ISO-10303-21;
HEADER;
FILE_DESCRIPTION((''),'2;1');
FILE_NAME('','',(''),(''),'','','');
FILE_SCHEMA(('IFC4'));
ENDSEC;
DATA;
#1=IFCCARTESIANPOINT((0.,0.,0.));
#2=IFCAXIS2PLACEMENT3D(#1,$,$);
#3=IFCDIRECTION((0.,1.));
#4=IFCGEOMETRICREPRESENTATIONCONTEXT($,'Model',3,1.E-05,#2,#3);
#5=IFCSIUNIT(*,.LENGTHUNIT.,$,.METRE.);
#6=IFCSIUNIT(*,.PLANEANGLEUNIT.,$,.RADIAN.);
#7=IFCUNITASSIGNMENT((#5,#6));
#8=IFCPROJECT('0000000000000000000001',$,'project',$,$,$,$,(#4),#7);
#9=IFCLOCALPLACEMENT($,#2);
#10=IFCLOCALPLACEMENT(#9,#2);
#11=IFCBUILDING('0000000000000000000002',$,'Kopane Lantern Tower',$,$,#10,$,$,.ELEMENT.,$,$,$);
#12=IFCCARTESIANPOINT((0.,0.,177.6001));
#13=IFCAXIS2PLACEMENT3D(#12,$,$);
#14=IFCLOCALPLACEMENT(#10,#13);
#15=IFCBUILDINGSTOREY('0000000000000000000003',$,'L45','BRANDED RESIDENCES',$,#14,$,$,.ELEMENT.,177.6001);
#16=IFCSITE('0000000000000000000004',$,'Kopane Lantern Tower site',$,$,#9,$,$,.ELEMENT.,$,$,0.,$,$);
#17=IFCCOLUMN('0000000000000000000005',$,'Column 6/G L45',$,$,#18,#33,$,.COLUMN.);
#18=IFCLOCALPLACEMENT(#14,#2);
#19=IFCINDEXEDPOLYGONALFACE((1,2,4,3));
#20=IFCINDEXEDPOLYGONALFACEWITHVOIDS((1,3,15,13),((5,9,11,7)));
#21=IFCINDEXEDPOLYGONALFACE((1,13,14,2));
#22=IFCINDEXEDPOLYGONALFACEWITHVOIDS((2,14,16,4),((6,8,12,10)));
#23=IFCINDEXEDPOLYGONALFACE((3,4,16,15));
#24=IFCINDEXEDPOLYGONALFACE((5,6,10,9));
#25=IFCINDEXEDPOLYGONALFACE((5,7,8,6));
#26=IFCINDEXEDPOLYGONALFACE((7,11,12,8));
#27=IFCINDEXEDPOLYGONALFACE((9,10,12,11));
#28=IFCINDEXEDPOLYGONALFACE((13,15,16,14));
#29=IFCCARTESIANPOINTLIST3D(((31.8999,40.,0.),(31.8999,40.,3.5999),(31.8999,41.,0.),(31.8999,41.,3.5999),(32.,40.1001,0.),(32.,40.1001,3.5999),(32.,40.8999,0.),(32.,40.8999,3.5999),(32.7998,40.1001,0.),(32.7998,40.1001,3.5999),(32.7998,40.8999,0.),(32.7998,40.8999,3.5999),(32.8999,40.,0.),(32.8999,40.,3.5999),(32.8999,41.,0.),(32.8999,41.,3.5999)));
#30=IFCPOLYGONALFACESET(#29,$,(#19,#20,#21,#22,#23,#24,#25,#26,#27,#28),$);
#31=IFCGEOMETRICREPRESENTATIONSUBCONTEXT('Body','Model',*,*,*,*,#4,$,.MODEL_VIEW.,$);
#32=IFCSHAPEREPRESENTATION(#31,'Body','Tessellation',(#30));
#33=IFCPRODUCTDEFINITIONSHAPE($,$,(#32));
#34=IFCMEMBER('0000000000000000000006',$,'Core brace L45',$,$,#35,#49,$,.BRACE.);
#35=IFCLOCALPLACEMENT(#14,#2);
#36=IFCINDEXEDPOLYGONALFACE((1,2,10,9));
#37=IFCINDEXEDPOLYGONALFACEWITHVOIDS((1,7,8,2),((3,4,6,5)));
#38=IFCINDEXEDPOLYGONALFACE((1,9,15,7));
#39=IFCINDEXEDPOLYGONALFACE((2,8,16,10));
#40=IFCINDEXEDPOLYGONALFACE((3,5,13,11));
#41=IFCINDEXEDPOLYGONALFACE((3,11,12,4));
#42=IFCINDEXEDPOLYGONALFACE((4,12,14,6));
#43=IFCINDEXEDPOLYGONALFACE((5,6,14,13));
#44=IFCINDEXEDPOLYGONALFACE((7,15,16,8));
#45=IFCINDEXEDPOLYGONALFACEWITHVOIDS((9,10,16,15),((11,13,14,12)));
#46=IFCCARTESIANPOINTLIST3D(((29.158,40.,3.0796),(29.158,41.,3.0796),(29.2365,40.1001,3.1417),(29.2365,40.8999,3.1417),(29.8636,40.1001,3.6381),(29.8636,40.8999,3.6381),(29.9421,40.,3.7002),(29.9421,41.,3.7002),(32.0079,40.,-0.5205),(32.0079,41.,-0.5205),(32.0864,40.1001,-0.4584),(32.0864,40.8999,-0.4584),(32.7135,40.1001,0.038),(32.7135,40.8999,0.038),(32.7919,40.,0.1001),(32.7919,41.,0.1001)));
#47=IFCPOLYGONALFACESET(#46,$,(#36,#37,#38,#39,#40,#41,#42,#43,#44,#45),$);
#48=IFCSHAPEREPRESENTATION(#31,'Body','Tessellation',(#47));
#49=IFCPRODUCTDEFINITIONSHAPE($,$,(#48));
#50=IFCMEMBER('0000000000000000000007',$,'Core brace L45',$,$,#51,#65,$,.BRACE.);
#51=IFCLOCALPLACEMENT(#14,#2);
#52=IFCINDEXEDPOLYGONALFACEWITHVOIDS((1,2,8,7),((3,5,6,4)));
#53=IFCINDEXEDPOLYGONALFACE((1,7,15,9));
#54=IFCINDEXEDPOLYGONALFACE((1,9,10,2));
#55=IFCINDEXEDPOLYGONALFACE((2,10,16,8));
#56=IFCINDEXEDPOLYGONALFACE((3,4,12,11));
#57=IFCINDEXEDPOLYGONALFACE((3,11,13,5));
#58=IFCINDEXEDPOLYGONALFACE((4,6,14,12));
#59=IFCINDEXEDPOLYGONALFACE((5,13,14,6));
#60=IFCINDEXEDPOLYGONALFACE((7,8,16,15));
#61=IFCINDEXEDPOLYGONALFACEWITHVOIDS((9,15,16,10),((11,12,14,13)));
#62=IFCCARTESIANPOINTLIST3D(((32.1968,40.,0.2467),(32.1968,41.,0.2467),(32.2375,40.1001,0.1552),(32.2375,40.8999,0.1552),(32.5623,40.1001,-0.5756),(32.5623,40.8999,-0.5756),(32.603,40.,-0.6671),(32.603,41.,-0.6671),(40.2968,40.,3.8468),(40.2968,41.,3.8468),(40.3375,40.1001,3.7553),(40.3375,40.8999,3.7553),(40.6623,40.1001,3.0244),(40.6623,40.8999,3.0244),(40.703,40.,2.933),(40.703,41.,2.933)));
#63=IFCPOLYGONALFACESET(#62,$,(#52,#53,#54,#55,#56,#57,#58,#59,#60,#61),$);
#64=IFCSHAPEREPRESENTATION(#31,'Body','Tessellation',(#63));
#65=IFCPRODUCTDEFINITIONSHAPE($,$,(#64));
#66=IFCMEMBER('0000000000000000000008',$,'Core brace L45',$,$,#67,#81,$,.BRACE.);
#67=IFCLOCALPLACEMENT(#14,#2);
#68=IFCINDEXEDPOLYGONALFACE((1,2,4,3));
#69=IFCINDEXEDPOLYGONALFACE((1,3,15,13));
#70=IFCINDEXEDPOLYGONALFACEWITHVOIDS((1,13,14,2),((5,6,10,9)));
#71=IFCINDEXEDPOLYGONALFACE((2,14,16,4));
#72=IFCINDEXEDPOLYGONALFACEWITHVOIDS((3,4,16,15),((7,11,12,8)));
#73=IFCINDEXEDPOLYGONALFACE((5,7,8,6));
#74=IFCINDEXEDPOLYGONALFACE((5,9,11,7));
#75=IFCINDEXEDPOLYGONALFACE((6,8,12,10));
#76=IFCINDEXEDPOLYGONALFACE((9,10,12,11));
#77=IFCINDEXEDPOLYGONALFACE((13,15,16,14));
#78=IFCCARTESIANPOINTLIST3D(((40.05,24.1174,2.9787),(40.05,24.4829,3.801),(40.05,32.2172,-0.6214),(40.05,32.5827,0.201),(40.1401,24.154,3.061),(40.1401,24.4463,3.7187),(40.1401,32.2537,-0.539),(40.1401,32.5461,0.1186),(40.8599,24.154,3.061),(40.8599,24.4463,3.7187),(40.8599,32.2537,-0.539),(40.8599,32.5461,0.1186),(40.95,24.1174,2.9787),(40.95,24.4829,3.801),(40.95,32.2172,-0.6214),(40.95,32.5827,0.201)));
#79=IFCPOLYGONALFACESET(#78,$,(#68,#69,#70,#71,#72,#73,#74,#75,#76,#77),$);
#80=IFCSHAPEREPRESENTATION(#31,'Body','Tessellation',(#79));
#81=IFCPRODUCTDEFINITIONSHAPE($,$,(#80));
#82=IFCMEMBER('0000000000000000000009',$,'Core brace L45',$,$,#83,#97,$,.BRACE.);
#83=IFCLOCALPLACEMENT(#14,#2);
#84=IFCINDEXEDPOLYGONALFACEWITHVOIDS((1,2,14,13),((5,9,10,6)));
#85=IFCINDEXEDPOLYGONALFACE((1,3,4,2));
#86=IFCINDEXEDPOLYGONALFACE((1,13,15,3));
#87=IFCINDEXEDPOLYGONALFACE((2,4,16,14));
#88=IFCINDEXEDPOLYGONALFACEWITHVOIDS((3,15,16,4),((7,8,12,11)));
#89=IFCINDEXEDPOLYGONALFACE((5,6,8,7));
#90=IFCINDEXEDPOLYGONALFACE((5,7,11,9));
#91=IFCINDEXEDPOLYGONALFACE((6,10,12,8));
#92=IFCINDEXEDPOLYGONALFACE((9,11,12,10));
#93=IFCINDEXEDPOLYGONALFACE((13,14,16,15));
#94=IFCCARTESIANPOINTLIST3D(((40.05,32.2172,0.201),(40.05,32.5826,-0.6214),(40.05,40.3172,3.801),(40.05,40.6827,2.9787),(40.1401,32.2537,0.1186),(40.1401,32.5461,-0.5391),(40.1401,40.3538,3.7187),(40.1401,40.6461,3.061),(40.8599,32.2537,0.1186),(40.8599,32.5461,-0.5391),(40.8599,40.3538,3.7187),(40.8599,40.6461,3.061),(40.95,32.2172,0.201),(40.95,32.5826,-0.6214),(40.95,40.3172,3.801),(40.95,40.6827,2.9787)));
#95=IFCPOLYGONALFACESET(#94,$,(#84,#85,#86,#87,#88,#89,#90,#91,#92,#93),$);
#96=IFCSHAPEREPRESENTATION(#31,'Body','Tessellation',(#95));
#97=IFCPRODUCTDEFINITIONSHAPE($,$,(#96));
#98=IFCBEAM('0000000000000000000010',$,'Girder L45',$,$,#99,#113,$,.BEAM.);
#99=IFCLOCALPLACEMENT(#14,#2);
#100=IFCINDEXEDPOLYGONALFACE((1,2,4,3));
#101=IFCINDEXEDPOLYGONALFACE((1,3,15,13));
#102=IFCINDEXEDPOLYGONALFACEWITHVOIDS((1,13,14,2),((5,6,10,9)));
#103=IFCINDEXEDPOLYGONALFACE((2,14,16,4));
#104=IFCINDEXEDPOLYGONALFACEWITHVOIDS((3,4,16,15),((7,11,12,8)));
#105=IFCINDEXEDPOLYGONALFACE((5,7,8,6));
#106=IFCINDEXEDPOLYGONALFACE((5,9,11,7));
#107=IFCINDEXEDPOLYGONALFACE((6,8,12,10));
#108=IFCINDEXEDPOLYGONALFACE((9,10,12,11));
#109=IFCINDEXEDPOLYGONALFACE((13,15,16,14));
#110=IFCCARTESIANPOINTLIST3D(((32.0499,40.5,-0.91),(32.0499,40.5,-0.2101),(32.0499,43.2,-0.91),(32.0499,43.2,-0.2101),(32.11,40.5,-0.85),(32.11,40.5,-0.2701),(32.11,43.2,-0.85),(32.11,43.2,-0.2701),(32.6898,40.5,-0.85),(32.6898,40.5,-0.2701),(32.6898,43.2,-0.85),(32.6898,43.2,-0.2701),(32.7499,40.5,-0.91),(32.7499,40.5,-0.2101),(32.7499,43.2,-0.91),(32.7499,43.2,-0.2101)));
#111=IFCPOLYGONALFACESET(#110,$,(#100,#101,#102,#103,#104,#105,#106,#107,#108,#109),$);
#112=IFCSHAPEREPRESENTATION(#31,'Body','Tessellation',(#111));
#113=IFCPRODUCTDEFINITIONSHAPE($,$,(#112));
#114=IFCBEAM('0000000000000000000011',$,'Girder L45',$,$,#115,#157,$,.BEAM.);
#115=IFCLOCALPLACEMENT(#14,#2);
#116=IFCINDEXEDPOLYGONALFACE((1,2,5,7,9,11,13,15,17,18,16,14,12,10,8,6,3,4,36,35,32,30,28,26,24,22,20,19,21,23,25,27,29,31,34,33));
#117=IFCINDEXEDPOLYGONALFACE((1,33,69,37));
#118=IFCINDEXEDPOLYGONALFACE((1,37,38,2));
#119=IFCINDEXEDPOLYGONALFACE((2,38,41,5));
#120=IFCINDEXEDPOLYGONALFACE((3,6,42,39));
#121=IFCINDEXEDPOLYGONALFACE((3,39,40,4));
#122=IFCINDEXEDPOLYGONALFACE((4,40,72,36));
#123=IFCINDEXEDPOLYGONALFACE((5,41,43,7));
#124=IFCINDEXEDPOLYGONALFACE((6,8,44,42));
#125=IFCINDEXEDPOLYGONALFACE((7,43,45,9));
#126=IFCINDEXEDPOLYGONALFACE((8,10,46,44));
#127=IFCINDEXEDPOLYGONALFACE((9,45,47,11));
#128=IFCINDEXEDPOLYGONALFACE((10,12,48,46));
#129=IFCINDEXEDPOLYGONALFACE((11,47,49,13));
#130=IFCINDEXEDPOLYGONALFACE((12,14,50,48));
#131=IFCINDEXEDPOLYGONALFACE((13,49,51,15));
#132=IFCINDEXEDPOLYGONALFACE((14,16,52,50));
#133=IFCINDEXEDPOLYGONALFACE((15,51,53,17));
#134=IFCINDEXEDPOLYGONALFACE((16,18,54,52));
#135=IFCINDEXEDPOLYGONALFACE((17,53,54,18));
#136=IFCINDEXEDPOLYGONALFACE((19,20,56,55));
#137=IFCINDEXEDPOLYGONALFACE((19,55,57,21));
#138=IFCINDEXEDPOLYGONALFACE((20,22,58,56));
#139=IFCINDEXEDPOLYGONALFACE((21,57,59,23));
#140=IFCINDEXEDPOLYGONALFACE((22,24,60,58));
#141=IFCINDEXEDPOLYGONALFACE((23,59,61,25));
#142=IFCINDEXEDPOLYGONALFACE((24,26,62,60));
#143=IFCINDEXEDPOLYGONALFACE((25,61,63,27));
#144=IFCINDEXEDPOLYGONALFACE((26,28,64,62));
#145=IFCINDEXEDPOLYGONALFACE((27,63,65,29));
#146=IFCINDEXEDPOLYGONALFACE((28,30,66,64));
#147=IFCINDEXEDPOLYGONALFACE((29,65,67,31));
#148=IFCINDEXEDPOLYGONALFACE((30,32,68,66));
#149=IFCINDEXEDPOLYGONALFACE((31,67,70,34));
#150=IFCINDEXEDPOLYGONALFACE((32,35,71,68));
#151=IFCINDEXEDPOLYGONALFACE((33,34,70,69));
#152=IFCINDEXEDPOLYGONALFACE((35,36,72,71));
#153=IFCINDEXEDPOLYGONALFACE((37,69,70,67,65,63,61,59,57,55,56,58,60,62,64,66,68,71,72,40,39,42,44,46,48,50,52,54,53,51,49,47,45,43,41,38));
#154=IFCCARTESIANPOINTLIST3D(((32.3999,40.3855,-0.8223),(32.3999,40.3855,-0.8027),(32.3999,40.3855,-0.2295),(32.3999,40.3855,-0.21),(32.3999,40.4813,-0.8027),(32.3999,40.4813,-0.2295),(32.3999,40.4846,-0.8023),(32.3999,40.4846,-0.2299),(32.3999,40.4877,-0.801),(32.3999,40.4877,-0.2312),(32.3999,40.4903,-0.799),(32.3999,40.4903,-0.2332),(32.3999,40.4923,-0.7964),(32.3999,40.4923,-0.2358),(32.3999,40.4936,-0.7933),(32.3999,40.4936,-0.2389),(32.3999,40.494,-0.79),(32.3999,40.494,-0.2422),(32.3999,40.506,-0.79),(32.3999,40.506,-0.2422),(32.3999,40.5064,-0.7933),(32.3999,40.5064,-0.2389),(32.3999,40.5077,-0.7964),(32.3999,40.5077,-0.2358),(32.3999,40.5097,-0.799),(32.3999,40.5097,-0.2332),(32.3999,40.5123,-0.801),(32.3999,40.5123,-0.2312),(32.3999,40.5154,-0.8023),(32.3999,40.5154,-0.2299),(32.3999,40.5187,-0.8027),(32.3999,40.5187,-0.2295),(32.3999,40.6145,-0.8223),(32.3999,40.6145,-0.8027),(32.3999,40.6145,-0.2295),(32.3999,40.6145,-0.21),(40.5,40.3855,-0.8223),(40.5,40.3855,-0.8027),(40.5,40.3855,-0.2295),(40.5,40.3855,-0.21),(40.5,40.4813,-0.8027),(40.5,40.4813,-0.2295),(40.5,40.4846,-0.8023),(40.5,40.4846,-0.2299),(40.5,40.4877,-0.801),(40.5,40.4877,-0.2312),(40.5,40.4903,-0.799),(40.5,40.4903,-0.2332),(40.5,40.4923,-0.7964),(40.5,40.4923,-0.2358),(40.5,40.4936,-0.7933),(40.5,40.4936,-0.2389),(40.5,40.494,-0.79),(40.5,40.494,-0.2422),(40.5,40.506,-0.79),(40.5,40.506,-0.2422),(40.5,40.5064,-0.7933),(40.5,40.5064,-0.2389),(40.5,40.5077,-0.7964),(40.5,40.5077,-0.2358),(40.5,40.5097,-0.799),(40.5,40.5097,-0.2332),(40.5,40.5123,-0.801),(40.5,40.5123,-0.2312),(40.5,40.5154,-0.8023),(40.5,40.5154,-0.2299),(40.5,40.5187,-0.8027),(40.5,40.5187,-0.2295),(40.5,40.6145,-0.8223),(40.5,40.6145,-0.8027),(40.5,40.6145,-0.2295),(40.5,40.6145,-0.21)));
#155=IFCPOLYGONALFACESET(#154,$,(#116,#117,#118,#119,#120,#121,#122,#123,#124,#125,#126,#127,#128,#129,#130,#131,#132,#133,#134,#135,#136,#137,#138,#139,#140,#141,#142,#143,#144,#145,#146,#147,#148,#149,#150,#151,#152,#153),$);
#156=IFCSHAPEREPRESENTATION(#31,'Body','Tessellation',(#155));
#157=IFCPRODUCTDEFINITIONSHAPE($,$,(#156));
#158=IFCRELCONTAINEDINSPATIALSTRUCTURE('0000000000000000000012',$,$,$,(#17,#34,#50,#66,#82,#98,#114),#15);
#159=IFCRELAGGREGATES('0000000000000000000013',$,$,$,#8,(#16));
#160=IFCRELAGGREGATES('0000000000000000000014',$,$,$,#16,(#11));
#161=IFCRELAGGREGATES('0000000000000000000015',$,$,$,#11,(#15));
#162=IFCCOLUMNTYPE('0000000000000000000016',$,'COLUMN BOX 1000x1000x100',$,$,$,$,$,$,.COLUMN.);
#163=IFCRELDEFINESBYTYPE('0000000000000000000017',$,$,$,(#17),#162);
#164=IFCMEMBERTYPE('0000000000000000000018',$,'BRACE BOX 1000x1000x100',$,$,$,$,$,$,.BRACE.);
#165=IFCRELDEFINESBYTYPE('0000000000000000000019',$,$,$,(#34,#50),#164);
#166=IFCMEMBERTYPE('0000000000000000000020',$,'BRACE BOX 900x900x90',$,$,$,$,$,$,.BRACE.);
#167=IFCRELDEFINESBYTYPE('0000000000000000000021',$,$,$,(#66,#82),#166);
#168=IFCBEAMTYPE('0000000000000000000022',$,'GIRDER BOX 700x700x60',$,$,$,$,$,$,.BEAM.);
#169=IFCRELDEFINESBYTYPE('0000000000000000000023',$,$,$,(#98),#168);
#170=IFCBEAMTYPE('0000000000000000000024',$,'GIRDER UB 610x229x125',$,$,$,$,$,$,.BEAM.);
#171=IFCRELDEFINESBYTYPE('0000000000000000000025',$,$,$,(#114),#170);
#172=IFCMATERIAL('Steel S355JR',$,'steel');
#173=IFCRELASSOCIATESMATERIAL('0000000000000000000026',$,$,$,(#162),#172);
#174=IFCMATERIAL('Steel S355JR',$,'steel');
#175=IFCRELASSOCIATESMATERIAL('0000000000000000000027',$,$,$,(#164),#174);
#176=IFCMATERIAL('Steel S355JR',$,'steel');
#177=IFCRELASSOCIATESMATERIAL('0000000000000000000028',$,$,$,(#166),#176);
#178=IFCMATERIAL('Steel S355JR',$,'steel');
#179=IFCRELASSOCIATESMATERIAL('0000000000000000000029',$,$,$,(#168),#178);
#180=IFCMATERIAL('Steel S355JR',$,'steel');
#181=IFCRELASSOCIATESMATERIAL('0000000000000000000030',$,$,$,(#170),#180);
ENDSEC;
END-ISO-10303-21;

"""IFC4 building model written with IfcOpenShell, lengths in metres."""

from ifc_helpers import new_model, si_unit, direction, frame, origin, origin_2d, place, context, subcontext, project, spatial, hollow_rectangle, i_section, extrude, material, material_profile, profile_set, type_object, element, save


model = new_model("IFC4")

# Units and contexts
model_context = context("Model", 3, precision=1e-05, world=origin(), true_north=direction((0.0, 1.0)))
body_context = subcontext(model_context, "Body", "Model", "MODEL_VIEW")
ifc_project = project(units=[si_unit("LENGTHUNIT", "METRE"), si_unit("PLANEANGLEUNIT", "RADIAN")], contexts=[model_context])

# Site, building, storey
site_placement = place(None, origin())
site = spatial("IfcSite", under=ifc_project, at=site_placement, Name="Kopane Lantern Tower site", CompositionType="ELEMENT", RefElevation=0.0)
building_placement = place(site_placement, origin())
building = spatial("IfcBuilding", under=site, at=building_placement, Name="Kopane Lantern Tower", CompositionType="ELEMENT")
storey_placement = place(building_placement, frame((0.0, 0.0, 177.6001)))
storey = spatial("IfcBuildingStorey", under=building, at=storey_placement, Name="L45", Description="BRANDED RESIDENCES", CompositionType="ELEMENT", Elevation=177.6001)

# Column
ifc_material_1 = material(Name="Steel S355JR", Category="steel")
ifc_material_profile_1 = material_profile(ifc_material_1, hollow_rectangle(XDim=1.0, YDim=1.0, WallThickness=0.1001, at=origin_2d()), Name="BOX 1000x1000x100")
ifc_profile_set_1 = profile_set([ifc_material_profile_1], Name="Steel S355JR")
column_type = type_object("IfcColumnType", Name="COLUMN BOX 1000x1000x100", PredefinedType="COLUMN", material=ifc_profile_set_1)
column_placement = place(storey_placement, frame((32.3999, 40.5, 0.0), z_axis=(0.0, 0.0, 1.0), x_axis=(1.0, 0.0, 0.0)))
element("IfcColumn", 1, at=column_placement, inside=storey, type_object=column_type, Name="Column 6/G L45", PredefinedType="COLUMN", context=body_context, shape_type="SweptSolid", body=[
    extrude(hollow_rectangle(XDim=1.0, YDim=1.0, WallThickness=0.1001, at=origin_2d()), origin(), (0.0, 0.0, 1.0), 3.5999),
])

# Members
ifc_material_2 = material(Name="Steel S355JR", Category="steel")
ifc_material_profile_2 = material_profile(ifc_material_2, hollow_rectangle(XDim=1.0, YDim=1.0, WallThickness=0.1001, at=origin_2d()), Name="BOX 1000x1000x100")
ifc_profile_set_2 = profile_set([ifc_material_profile_2], Name="Steel S355JR")
member_type_1 = type_object("IfcMemberType", Name="BRACE BOX 1000x1000x100", PredefinedType="BRACE", material=ifc_profile_set_2)
member_1_placement = place(storey_placement, frame((32.3999, 40.5, -0.2102), z_axis=(-0.620673, 0.0, 0.78407), x_axis=(0.0, -1.0, 0.0)))
element("IfcMember", 2, at=member_1_placement, inside=storey, type_object=member_type_1, Name="Core brace L45", PredefinedType="BRACE", context=body_context, shape_type="SweptSolid", body=[
    extrude(hollow_rectangle(XDim=1.0, YDim=1.0, WallThickness=0.1001, at=origin_2d()), origin(), (0.0, 0.0, 1.0), 4.5916),
])
member_2_placement = place(storey_placement, frame((32.3999, 40.5, -0.2102), z_axis=(0.913809, 0.0, 0.406144), x_axis=(0.0, 1.0, 0.0)))
element("IfcMember", 3, at=member_2_placement, inside=storey, type_object=member_type_1, Name="Core brace L45", PredefinedType="BRACE", context=body_context, shape_type="SweptSolid", body=[
    extrude(hollow_rectangle(XDim=1.0, YDim=1.0, WallThickness=0.1001, at=origin_2d()), origin(), (0.0, 0.0, 1.0), 8.864),
])
ifc_material_3 = material(Name="Steel S355JR", Category="steel")
ifc_material_profile_3 = material_profile(ifc_material_3, hollow_rectangle(XDim=0.8999, YDim=0.8999, WallThickness=0.0901, at=origin_2d()), Name="BOX 900x900x90")
ifc_profile_set_3 = profile_set([ifc_material_profile_3], Name="Steel S355JR")
member_type_2 = type_object("IfcMemberType", Name="BRACE BOX 900x900x90", PredefinedType="BRACE", material=ifc_profile_set_3)
member_3_placement = place(storey_placement, frame((40.5, 32.3999, -0.2102), z_axis=(0.0, -0.913805, 0.406154), x_axis=(1.0, 0.0, 0.0)))
element("IfcMember", 4, at=member_3_placement, inside=storey, type_object=member_type_2, Name="Core brace L45", PredefinedType="BRACE", context=body_context, shape_type="SweptSolid", body=[
    extrude(hollow_rectangle(XDim=0.8999, YDim=0.8999, WallThickness=0.0901, at=origin_2d()), origin(), (0.0, 0.0, 1.0), 8.8638),
])
member_4_placement = place(storey_placement, frame((40.5, 32.3999, -0.2102), z_axis=(0.0, 0.913809, 0.406144), x_axis=(-1.0, 0.0, 0.0)))
element("IfcMember", 5, at=member_4_placement, inside=storey, type_object=member_type_2, Name="Core brace L45", PredefinedType="BRACE", context=body_context, shape_type="SweptSolid", body=[
    extrude(hollow_rectangle(XDim=0.8999, YDim=0.8999, WallThickness=0.0901, at=origin_2d()), origin(), (0.0, 0.0, 1.0), 8.864),
])

# Beams
ifc_material_4 = material(Name="Steel S355JR", Category="steel")
ifc_material_profile_4 = material_profile(ifc_material_4, hollow_rectangle(XDim=0.7, YDim=0.7, WallThickness=0.0601, at=origin_2d()), Name="BOX 700x700x60")
ifc_profile_set_4 = profile_set([ifc_material_profile_4], Name="Steel S355JR")
beam_type_1 = type_object("IfcBeamType", Name="GIRDER BOX 700x700x60", PredefinedType="BEAM", material=ifc_profile_set_4)
beam_placement = place(storey_placement, frame((32.3999, 40.5, -0.5601), z_axis=(0.0, 1.0, 0.0), x_axis=(-1.0, 0.0, 0.0)))
element("IfcBeam", 6, at=beam_placement, inside=storey, type_object=beam_type_1, Name="Girder L45", PredefinedType="BEAM", context=body_context, shape_type="SweptSolid", body=[
    extrude(hollow_rectangle(XDim=0.7, YDim=0.7, WallThickness=0.0601, at=origin_2d()), origin(), (0.0, 0.0, 1.0), 2.7),
])
ifc_material_5 = material(Name="Steel S355JR", Category="steel")
ifc_material_profile_5 = material_profile(ifc_material_5, i_section(OverallWidth=0.229, OverallDepth=0.6123, WebThickness=0.012, FlangeThickness=0.0195, FilletRadius=0.0127, at=origin_2d()), Name="UB 610x229x125")
ifc_profile_set_5 = profile_set([ifc_material_profile_5], Name="Steel S355JR")
beam_type_2 = type_object("IfcBeamType", Name="GIRDER UB 610x229x125", PredefinedType="BEAM", material=ifc_profile_set_5)
for number, where, z_axis, x_axis, name in (
    (7, (32.3999, 40.5, -0.5161), (1.0, 0.0, 0.0), (0.0, 1.0, 0.0), "Girder L45"),
):
    element("IfcBeam", number, at=place(storey_placement, frame(where, z_axis=z_axis, x_axis=x_axis)), inside=storey, type_object=beam_type_2, Name=name, PredefinedType="BEAM", context=body_context, shape_type="SweptSolid", body=[
        extrude(i_section(OverallWidth=0.229, OverallDepth=0.6123, WebThickness=0.012, FlangeThickness=0.0195, FilletRadius=0.0127, at=origin_2d()), origin(), (0.0, 0.0, 1.0), 8.1001),
    ])

save(model, "model.ifc")
